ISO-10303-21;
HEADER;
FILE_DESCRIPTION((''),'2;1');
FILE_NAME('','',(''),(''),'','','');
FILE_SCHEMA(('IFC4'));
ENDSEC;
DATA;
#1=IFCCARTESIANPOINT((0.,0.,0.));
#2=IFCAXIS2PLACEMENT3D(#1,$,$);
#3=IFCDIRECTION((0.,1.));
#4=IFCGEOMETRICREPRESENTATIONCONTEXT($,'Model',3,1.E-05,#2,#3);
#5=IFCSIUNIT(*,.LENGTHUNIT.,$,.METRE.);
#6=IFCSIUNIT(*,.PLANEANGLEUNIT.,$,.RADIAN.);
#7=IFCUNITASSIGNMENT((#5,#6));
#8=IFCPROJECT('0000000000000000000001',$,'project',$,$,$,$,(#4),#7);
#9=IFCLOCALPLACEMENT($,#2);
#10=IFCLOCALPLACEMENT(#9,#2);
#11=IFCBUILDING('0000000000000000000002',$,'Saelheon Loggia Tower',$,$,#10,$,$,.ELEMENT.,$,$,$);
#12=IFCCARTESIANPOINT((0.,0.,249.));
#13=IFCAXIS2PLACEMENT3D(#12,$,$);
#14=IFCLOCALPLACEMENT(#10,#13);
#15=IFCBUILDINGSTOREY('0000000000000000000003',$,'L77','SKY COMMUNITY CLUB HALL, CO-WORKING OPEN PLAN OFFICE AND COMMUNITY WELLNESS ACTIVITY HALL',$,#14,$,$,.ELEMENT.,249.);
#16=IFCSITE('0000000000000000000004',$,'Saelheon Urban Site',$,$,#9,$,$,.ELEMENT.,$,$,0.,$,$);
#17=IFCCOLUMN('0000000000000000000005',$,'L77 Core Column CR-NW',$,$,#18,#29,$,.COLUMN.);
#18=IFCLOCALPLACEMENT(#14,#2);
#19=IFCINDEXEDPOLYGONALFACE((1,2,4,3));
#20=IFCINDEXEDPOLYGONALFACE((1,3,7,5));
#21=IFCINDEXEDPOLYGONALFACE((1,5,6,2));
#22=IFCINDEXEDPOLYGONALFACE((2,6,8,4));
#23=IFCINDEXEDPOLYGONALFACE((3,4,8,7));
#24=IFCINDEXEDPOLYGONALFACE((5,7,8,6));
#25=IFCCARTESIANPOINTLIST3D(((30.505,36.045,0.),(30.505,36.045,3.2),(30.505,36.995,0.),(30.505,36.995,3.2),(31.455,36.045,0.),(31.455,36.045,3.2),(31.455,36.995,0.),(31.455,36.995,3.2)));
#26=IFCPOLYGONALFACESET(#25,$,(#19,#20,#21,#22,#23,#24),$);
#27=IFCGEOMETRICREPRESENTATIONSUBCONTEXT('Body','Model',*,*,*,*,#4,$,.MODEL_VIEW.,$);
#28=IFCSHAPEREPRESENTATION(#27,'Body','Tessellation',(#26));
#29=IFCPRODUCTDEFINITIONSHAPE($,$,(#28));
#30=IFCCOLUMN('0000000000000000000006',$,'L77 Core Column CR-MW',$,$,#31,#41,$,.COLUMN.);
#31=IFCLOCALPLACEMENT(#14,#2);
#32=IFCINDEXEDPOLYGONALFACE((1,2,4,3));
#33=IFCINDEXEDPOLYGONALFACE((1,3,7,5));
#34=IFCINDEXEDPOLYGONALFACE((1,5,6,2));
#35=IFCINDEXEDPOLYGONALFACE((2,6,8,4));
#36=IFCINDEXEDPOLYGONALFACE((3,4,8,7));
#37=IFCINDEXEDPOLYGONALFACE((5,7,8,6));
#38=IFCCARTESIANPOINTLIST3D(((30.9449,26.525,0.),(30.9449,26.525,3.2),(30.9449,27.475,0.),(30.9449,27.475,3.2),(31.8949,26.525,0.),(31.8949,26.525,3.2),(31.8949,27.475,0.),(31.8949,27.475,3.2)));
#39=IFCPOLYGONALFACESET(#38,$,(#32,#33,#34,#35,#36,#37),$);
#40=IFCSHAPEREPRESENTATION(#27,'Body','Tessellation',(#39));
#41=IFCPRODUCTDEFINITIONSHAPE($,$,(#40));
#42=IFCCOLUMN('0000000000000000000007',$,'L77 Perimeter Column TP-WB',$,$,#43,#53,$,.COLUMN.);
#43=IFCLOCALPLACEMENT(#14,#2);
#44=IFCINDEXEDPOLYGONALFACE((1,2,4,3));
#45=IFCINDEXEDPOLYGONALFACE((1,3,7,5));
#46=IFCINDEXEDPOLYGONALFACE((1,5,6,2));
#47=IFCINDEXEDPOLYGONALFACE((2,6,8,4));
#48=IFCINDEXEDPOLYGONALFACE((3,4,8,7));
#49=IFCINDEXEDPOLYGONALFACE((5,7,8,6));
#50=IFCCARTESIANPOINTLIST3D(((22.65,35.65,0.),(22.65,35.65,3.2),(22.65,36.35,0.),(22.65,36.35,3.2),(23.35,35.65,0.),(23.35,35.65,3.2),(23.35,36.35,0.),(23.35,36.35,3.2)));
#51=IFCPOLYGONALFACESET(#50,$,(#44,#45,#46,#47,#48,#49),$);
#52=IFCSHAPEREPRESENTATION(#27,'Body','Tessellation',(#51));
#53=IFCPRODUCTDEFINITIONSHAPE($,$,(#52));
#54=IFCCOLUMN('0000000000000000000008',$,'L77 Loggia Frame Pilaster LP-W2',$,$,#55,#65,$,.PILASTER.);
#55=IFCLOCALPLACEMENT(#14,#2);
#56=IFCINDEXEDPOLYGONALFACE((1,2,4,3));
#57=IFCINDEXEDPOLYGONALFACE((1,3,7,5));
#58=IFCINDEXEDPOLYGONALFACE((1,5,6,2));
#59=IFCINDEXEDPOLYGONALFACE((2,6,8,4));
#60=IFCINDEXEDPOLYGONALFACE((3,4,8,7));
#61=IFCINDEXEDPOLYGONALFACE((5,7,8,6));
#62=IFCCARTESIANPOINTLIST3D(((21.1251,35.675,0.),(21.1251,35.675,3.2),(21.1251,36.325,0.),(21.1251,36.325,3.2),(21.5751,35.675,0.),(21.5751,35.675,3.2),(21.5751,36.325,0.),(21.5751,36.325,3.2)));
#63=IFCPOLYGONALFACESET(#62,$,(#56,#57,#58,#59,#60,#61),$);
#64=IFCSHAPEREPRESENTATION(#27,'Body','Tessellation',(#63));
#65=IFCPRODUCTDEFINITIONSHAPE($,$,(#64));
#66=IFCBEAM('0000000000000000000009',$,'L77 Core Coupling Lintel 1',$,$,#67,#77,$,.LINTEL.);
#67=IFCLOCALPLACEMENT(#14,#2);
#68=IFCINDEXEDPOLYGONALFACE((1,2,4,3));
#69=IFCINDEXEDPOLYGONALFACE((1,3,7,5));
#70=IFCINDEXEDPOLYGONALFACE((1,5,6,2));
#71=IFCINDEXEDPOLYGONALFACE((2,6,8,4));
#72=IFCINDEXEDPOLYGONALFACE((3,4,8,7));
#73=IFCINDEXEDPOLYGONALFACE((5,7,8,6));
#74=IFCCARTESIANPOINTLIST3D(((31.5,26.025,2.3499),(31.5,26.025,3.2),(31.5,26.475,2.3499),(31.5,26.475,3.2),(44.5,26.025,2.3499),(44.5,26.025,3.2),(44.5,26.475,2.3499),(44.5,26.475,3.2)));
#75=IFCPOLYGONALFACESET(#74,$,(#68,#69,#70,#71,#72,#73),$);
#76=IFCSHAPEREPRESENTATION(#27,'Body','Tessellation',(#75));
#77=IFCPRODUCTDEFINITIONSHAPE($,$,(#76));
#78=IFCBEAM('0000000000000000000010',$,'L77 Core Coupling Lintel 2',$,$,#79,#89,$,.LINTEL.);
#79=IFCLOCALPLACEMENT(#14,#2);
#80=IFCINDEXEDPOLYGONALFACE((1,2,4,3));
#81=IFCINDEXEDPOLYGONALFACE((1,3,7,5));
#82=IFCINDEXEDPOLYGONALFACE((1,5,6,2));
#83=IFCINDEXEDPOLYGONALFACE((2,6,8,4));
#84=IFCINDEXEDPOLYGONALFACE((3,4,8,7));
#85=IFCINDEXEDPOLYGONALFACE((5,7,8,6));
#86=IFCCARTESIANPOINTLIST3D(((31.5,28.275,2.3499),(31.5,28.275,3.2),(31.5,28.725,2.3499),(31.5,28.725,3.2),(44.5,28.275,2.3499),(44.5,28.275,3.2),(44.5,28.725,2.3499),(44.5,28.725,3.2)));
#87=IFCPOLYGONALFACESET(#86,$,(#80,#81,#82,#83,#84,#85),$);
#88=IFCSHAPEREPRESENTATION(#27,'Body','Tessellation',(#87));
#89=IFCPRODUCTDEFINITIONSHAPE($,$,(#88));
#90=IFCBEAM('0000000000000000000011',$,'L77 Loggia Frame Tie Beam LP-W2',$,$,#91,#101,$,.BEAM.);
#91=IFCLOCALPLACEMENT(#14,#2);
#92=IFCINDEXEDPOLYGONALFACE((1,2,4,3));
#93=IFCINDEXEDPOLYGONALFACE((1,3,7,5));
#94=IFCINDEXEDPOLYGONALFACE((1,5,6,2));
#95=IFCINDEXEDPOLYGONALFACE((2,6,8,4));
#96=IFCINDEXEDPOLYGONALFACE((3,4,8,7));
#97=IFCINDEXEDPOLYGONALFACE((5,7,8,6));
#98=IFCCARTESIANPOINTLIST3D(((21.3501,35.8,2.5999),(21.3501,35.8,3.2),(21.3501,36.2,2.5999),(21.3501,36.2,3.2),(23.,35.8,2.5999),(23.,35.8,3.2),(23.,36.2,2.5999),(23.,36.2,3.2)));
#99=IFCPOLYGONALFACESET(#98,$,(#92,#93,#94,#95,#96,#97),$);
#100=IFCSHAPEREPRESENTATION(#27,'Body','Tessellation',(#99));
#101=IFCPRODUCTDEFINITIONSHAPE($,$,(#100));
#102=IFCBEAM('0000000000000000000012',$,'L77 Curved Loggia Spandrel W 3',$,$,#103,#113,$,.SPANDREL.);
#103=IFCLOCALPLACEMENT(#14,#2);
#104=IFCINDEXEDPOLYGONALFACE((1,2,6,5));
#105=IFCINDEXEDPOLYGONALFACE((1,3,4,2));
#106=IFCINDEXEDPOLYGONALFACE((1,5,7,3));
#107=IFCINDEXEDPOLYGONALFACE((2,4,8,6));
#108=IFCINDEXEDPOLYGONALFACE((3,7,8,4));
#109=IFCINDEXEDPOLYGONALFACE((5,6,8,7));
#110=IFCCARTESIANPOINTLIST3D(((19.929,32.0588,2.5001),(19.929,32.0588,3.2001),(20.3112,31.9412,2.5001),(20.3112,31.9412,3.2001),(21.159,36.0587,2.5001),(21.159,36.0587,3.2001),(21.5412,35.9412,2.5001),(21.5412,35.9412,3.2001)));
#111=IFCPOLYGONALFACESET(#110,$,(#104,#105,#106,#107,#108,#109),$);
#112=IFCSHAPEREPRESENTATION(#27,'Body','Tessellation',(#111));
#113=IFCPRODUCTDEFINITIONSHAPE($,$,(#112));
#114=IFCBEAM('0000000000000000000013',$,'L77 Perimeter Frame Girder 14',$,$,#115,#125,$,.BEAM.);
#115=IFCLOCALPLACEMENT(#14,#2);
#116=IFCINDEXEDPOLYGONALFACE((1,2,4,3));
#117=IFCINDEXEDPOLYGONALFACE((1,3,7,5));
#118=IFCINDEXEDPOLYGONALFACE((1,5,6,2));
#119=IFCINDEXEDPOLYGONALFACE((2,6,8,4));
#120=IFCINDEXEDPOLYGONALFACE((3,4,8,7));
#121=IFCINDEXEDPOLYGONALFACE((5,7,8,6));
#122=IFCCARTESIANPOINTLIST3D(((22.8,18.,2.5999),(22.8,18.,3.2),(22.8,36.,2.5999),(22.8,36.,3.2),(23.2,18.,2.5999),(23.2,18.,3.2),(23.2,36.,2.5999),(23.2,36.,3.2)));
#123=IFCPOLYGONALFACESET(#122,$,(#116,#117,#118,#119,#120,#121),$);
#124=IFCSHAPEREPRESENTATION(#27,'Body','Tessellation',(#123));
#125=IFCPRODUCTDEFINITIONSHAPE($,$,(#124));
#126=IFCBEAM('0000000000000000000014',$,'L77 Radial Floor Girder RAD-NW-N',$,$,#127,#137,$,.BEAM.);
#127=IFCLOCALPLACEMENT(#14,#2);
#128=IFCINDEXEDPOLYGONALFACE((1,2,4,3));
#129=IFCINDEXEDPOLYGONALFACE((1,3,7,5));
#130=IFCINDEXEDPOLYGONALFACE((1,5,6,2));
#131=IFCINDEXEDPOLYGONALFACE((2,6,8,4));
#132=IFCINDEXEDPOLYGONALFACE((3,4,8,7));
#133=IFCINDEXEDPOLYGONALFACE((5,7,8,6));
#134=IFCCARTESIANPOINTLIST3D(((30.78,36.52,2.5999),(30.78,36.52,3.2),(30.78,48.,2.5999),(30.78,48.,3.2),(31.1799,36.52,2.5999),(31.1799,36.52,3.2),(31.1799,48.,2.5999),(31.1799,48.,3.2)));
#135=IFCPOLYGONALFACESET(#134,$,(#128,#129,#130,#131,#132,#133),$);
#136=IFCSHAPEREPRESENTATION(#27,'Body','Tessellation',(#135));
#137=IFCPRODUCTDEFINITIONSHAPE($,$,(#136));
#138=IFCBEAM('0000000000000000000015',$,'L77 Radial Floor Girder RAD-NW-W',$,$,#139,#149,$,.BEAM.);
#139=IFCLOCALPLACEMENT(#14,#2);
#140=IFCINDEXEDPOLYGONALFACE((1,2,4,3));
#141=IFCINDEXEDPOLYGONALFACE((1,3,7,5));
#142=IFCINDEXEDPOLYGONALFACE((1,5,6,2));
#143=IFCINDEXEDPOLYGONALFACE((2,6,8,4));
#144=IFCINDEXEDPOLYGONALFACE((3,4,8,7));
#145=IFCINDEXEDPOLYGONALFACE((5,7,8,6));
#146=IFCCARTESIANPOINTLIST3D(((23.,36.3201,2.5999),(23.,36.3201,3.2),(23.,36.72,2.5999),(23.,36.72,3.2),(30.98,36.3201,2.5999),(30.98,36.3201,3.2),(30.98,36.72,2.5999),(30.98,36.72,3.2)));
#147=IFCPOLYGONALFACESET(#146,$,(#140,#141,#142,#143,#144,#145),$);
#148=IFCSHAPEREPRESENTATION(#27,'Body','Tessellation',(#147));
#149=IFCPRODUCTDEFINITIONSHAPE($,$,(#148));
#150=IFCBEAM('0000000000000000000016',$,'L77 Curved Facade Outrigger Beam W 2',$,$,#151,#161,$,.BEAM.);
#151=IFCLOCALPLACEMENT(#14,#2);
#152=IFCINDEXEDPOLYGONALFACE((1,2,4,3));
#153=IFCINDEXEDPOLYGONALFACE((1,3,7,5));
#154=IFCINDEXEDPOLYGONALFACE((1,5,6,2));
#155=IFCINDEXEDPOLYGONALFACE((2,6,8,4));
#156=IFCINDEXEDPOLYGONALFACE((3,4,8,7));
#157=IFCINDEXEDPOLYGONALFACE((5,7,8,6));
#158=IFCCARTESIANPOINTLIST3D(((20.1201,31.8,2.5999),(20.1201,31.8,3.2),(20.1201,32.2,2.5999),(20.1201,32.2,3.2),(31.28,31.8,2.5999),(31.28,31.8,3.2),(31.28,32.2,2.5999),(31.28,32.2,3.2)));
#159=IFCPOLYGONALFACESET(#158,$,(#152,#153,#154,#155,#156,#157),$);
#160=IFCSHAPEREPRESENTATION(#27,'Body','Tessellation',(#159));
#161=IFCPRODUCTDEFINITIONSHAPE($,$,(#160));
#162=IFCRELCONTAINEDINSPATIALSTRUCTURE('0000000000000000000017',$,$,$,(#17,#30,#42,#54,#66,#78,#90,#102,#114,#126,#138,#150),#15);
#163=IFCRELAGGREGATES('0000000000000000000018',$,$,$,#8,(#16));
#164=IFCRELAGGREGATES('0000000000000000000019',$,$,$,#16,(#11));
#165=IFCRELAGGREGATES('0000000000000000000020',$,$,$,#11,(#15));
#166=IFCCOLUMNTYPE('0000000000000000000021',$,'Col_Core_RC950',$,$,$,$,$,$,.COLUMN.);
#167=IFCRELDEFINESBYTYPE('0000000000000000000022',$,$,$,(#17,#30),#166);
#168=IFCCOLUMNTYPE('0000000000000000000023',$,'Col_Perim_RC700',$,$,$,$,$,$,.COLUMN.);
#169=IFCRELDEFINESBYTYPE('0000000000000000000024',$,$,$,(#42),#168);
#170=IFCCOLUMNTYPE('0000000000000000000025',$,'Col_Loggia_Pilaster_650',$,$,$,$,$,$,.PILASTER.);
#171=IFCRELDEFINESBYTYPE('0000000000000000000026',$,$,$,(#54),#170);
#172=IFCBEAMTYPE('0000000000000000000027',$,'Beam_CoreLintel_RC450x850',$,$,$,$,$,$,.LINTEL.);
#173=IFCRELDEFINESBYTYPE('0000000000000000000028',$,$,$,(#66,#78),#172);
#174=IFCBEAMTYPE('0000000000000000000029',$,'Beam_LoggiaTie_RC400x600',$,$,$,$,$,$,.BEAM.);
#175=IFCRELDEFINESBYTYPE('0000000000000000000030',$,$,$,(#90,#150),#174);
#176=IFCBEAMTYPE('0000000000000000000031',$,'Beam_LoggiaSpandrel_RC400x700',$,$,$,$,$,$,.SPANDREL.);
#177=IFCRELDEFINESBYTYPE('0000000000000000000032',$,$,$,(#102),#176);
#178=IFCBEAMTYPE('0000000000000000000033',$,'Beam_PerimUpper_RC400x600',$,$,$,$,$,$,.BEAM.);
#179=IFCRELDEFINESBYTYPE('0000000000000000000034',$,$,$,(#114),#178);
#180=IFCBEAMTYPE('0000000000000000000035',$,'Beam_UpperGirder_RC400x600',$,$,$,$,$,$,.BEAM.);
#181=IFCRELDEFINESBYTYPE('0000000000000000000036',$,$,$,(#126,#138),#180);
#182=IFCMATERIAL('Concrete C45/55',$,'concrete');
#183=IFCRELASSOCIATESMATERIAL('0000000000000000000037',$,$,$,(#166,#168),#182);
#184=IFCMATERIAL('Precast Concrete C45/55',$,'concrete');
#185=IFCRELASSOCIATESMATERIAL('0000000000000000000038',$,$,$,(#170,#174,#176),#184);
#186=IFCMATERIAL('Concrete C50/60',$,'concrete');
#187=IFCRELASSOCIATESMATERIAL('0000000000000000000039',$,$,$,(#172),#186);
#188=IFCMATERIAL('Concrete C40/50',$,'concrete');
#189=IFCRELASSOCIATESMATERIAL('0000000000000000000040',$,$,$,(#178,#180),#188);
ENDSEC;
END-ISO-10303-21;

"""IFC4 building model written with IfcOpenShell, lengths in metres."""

from ifc_helpers import new_model, si_unit, direction, frame, origin, origin_2d, place, context, subcontext, project, spatial, rectangle, extrude, source, transform, mapped, material, material_profile, profile_set, type_object, element, save


model = new_model("IFC4")

# Units and contexts
model_context = context("Model", 3, precision=1e-05, world=origin(), true_north=direction((0.0, 1.0)))
body_context = subcontext(model_context, "Body", "Model", "MODEL_VIEW")
ifc_project = project(units=[si_unit("LENGTHUNIT", "METRE"), si_unit("PLANEANGLEUNIT", "RADIAN")], contexts=[model_context])

# Site, building, storey
site_placement = place(None, origin())
site = spatial("IfcSite", under=ifc_project, at=site_placement, Name="Saelheon Urban Site", CompositionType="ELEMENT", RefElevation=0.0)
building_placement = place(site_placement, origin())
building = spatial("IfcBuilding", under=site, at=building_placement, Name="Saelheon Loggia Tower", CompositionType="ELEMENT")
storey_placement = place(building_placement, frame((0.0, 0.0, 249.0)))
storey = spatial("IfcBuildingStorey", under=building, at=storey_placement, Name="L77", Description="SKY COMMUNITY CLUB HALL, CO-WORKING OPEN PLAN OFFICE AND COMMUNITY WELLNESS ACTIVITY HALL", CompositionType="ELEMENT", Elevation=249.0)

# Columns
ifc_material_1 = material(Name="Concrete C45/55", Category="concrete")
ifc_material_profile_1 = material_profile(ifc_material_1, rectangle(XDim=0.95, YDim=0.95, at=origin_2d()), Name="RC-950x950")
ifc_profile_set_1 = profile_set([ifc_material_profile_1], Name="Concrete C45/55")
column_type_1 = type_object("IfcColumnType", Name="Col_Core_RC950", PredefinedType="COLUMN", material=ifc_profile_set_1)
shared_shape_1 = source(origin(), body_context, "Body", "SweptSolid", [
    extrude(rectangle(XDim=0.95, YDim=0.95, at=origin_2d()), origin(), (0.0, 0.0, 1.0), 3.2),
])
for number, where, z_axis, x_axis, name in (
    (1, (30.98, 36.52, 0.0), (0.0, 0.0, 1.0), (1.0, 0.0, 0.0), "L77 Core Column CR-NW"),
    (2, (31.4199, 27.0, 0.0), (0.0, 0.0, 1.0), (1.0, 0.0, 0.0), "L77 Core Column CR-MW"),
):
    element("IfcColumn", number, at=place(storey_placement, frame(where, z_axis=z_axis, x_axis=x_axis)), inside=storey, type_object=column_type_1, Name=name, PredefinedType="COLUMN", context=body_context, shape_type="MappedRepresentation", body=[
        mapped(shared_shape_1, transform((0.0, 0.0, 0.0), scale=1.0)),
    ])
ifc_material_profile_2 = material_profile(ifc_material_1, rectangle(XDim=0.7, YDim=0.7, at=origin_2d()), Name="RC-700x700")
ifc_profile_set_2 = profile_set([ifc_material_profile_2], Name="Concrete C45/55")
column_type_2 = type_object("IfcColumnType", Name="Col_Perim_RC700", PredefinedType="COLUMN", material=ifc_profile_set_2)
shared_shape_2 = source(origin(), body_context, "Body", "SweptSolid", [
    extrude(rectangle(XDim=0.7, YDim=0.7, at=origin_2d()), origin(), (0.0, 0.0, 1.0), 3.2),
])
column_1_placement = place(storey_placement, frame((23.0, 36.0, 0.0), z_axis=(0.0, 0.0, 1.0), x_axis=(1.0, 0.0, 0.0)))
element("IfcColumn", 3, at=column_1_placement, inside=storey, type_object=column_type_2, Name="L77 Perimeter Column TP-WB", PredefinedType="COLUMN", context=body_context, shape_type="MappedRepresentation", body=[
    mapped(shared_shape_2, transform((0.0, 0.0, 0.0), scale=1.0)),
])
ifc_material_2 = material(Name="Precast Concrete C45/55", Category="concrete")
ifc_material_profile_3 = material_profile(ifc_material_2, rectangle(XDim=0.45, YDim=0.6499, at=origin_2d()), Name="RC-450x650")
ifc_profile_set_3 = profile_set([ifc_material_profile_3], Name="Precast Concrete C45/55")
column_type_3 = type_object("IfcColumnType", Name="Col_Loggia_Pilaster_650", PredefinedType="PILASTER", material=ifc_profile_set_3)
shared_shape_3 = source(origin(), body_context, "Body", "SweptSolid", [
    extrude(rectangle(XDim=0.45, YDim=0.6499, at=origin_2d()), origin(), (0.0, 0.0, 1.0), 3.2),
])
column_2_placement = place(storey_placement, frame((21.3501, 36.0, 0.0), z_axis=(0.0, 0.0, 1.0), x_axis=(1.0, 0.0, 0.0)))
element("IfcColumn", 4, at=column_2_placement, inside=storey, type_object=column_type_3, Name="L77 Loggia Frame Pilaster LP-W2", PredefinedType="PILASTER", context=body_context, shape_type="MappedRepresentation", body=[
    mapped(shared_shape_3, transform((0.0, 0.0, 0.0), scale=1.0)),
])

# Beams
ifc_material_3 = material(Name="Concrete C50/60", Category="concrete")
ifc_material_profile_4 = material_profile(ifc_material_3, rectangle(XDim=0.45, YDim=0.8501, at=origin_2d()), Name="RC-450x850")
ifc_profile_set_4 = profile_set([ifc_material_profile_4], Name="Concrete C50/60")
beam_type_1 = type_object("IfcBeamType", Name="Beam_CoreLintel_RC450x850", PredefinedType="LINTEL", material=ifc_profile_set_4)
shared_shape_4 = source(origin(), body_context, "Body", "SweptSolid", [
    extrude(rectangle(XDim=0.45, YDim=0.8501, at=origin_2d()), origin(), (0.0, 0.0, 1.0), 13.0),
])
for number, where, z_axis, x_axis, name in (
    (5, (31.5, 26.25, 2.7749), (1.0, 0.0, 0.0), (0.0, 1.0, 0.0), "L77 Core Coupling Lintel 1"),
    (6, (31.5, 28.5, 2.7749), (1.0, 0.0, 0.0), (0.0, 1.0, 0.0), "L77 Core Coupling Lintel 2"),
):
    element("IfcBeam", number, at=place(storey_placement, frame(where, z_axis=z_axis, x_axis=x_axis)), inside=storey, type_object=beam_type_1, Name=name, PredefinedType="LINTEL", context=body_context, shape_type="MappedRepresentation", body=[
        mapped(shared_shape_4, transform((0.0, 0.0, 0.0), scale=1.0)),
    ])
ifc_material_profile_5 = material_profile(ifc_material_2, rectangle(XDim=0.3999, YDim=0.6001, at=origin_2d()), Name="RC-400x600")
ifc_profile_set_5 = profile_set([ifc_material_profile_5], Name="Precast Concrete C45/55")
beam_type_2 = type_object("IfcBeamType", Name="Beam_LoggiaTie_RC400x600", PredefinedType="BEAM", material=ifc_profile_set_5)
shared_shape_5 = source(origin(), body_context, "Body", "SweptSolid", [
    extrude(rectangle(XDim=0.3999, YDim=0.6001, at=origin_2d()), origin(), (0.0, 0.0, 1.0), 1.6499),
])
beam_1_placement = place(storey_placement, frame((23.0, 36.0, 2.8999), z_axis=(-1.0, 0.0, 0.0), x_axis=(0.0, -1.0, 0.0)))
element("IfcBeam", 7, at=beam_1_placement, inside=storey, type_object=beam_type_2, Name="L77 Loggia Frame Tie Beam LP-W2", PredefinedType="BEAM", context=body_context, shape_type="MappedRepresentation", body=[
    mapped(shared_shape_5, transform((0.0, 0.0, 0.0), scale=1.0)),
])
ifc_material_profile_6 = material_profile(ifc_material_2, rectangle(XDim=0.3999, YDim=0.7, at=origin_2d()), Name="RC-400x700")
ifc_profile_set_6 = profile_set([ifc_material_profile_6], Name="Precast Concrete C45/55")
beam_type_3 = type_object("IfcBeamType", Name="Beam_LoggiaSpandrel_RC400x700", PredefinedType="SPANDREL", material=ifc_profile_set_6)
shared_shape_6 = source(origin(), body_context, "Body", "SweptSolid", [
    extrude(rectangle(XDim=0.3999, YDim=0.7, at=origin_2d()), origin(), (0.0, 0.0, 1.0), 4.1848),
])
beam_2_placement = place(storey_placement, frame((20.1201, 32.0, 2.8501), z_axis=(0.293914, 0.955832, 0.0), x_axis=(-0.955832, 0.293914, 0.0)))
element("IfcBeam", 8, at=beam_2_placement, inside=storey, type_object=beam_type_3, Name="L77 Curved Loggia Spandrel W 3", PredefinedType="SPANDREL", context=body_context, shape_type="MappedRepresentation", body=[
    mapped(shared_shape_6, transform((0.0, 0.0, 0.0), scale=1.0)),
])
ifc_material_4 = material(Name="Concrete C40/50", Category="concrete")
ifc_material_profile_7 = material_profile(ifc_material_4, rectangle(XDim=0.3999, YDim=0.6001, at=origin_2d()), Name="RC-400x600")
ifc_profile_set_7 = profile_set([ifc_material_profile_7], Name="Concrete C40/50")
beam_type_4 = type_object("IfcBeamType", Name="Beam_PerimUpper_RC400x600", PredefinedType="BEAM", material=ifc_profile_set_7)
shared_shape_7 = source(origin(), body_context, "Body", "SweptSolid", [
    extrude(rectangle(XDim=0.3999, YDim=0.6001, at=origin_2d()), origin(), (0.0, 0.0, 1.0), 18.0),
])
beam_3_placement = place(storey_placement, frame((23.0, 36.0, 2.8999), z_axis=(0.0, -1.0, 0.0), x_axis=(1.0, 0.0, 0.0)))
element("IfcBeam", 9, at=beam_3_placement, inside=storey, type_object=beam_type_4, Name="L77 Perimeter Frame Girder 14", PredefinedType="BEAM", context=body_context, shape_type="MappedRepresentation", body=[
    mapped(shared_shape_7, transform((0.0, 0.0, 0.0), scale=1.0)),
])
ifc_material_profile_8 = material_profile(ifc_material_4, rectangle(XDim=0.3999, YDim=0.6001, at=origin_2d()), Name="RC-400x600")
ifc_profile_set_8 = profile_set([ifc_material_profile_8], Name="Concrete C40/50")
beam_type_5 = type_object("IfcBeamType", Name="Beam_UpperGirder_RC400x600", PredefinedType="BEAM", material=ifc_profile_set_8)
shared_shape_8 = source(origin(), body_context, "Body", "SweptSolid", [
    extrude(rectangle(XDim=0.3999, YDim=0.6001, at=origin_2d()), origin(), (0.0, 0.0, 1.0), 11.48),
])
beam_4_placement = place(storey_placement, frame((30.98, 36.52, 2.8999), z_axis=(0.0, 1.0, 0.0), x_axis=(-1.0, 0.0, 0.0)))
element("IfcBeam", 10, at=beam_4_placement, inside=storey, type_object=beam_type_5, Name="L77 Radial Floor Girder RAD-NW-N", PredefinedType="BEAM", context=body_context, shape_type="MappedRepresentation", body=[
    mapped(shared_shape_8, transform((0.0, 0.0, 0.0), scale=1.0)),
])
shared_shape_9 = source(origin(), body_context, "Body", "SweptSolid", [
    extrude(rectangle(XDim=0.3999, YDim=0.6001, at=origin_2d()), origin(), (0.0, 0.0, 1.0), 7.98),
])
beam_5_placement = place(storey_placement, frame((30.98, 36.52, 2.8999), z_axis=(-1.0, 0.0, 0.0), x_axis=(0.0, -1.0, 0.0)))
element("IfcBeam", 11, at=beam_5_placement, inside=storey, type_object=beam_type_5, Name="L77 Radial Floor Girder RAD-NW-W", PredefinedType="BEAM", context=body_context, shape_type="MappedRepresentation", body=[
    mapped(shared_shape_9, transform((0.0, 0.0, 0.0), scale=1.0)),
])
shared_shape_10 = source(origin(), body_context, "Body", "SweptSolid", [
    extrude(rectangle(XDim=0.3999, YDim=0.6001, at=origin_2d()), origin(), (0.0, 0.0, 1.0), 11.1599),
])
beam_6_placement = place(storey_placement, frame((31.28, 32.0, 2.8999), z_axis=(-1.0, 0.0, 0.0), x_axis=(0.0, -1.0, 0.0)))
element("IfcBeam", 12, at=beam_6_placement, inside=storey, type_object=beam_type_2, Name="L77 Curved Facade Outrigger Beam W 2", PredefinedType="BEAM", context=body_context, shape_type="MappedRepresentation", body=[
    mapped(shared_shape_10, transform((0.0, 0.0, 0.0), scale=1.0)),
])

save(model, "model.ifc")
